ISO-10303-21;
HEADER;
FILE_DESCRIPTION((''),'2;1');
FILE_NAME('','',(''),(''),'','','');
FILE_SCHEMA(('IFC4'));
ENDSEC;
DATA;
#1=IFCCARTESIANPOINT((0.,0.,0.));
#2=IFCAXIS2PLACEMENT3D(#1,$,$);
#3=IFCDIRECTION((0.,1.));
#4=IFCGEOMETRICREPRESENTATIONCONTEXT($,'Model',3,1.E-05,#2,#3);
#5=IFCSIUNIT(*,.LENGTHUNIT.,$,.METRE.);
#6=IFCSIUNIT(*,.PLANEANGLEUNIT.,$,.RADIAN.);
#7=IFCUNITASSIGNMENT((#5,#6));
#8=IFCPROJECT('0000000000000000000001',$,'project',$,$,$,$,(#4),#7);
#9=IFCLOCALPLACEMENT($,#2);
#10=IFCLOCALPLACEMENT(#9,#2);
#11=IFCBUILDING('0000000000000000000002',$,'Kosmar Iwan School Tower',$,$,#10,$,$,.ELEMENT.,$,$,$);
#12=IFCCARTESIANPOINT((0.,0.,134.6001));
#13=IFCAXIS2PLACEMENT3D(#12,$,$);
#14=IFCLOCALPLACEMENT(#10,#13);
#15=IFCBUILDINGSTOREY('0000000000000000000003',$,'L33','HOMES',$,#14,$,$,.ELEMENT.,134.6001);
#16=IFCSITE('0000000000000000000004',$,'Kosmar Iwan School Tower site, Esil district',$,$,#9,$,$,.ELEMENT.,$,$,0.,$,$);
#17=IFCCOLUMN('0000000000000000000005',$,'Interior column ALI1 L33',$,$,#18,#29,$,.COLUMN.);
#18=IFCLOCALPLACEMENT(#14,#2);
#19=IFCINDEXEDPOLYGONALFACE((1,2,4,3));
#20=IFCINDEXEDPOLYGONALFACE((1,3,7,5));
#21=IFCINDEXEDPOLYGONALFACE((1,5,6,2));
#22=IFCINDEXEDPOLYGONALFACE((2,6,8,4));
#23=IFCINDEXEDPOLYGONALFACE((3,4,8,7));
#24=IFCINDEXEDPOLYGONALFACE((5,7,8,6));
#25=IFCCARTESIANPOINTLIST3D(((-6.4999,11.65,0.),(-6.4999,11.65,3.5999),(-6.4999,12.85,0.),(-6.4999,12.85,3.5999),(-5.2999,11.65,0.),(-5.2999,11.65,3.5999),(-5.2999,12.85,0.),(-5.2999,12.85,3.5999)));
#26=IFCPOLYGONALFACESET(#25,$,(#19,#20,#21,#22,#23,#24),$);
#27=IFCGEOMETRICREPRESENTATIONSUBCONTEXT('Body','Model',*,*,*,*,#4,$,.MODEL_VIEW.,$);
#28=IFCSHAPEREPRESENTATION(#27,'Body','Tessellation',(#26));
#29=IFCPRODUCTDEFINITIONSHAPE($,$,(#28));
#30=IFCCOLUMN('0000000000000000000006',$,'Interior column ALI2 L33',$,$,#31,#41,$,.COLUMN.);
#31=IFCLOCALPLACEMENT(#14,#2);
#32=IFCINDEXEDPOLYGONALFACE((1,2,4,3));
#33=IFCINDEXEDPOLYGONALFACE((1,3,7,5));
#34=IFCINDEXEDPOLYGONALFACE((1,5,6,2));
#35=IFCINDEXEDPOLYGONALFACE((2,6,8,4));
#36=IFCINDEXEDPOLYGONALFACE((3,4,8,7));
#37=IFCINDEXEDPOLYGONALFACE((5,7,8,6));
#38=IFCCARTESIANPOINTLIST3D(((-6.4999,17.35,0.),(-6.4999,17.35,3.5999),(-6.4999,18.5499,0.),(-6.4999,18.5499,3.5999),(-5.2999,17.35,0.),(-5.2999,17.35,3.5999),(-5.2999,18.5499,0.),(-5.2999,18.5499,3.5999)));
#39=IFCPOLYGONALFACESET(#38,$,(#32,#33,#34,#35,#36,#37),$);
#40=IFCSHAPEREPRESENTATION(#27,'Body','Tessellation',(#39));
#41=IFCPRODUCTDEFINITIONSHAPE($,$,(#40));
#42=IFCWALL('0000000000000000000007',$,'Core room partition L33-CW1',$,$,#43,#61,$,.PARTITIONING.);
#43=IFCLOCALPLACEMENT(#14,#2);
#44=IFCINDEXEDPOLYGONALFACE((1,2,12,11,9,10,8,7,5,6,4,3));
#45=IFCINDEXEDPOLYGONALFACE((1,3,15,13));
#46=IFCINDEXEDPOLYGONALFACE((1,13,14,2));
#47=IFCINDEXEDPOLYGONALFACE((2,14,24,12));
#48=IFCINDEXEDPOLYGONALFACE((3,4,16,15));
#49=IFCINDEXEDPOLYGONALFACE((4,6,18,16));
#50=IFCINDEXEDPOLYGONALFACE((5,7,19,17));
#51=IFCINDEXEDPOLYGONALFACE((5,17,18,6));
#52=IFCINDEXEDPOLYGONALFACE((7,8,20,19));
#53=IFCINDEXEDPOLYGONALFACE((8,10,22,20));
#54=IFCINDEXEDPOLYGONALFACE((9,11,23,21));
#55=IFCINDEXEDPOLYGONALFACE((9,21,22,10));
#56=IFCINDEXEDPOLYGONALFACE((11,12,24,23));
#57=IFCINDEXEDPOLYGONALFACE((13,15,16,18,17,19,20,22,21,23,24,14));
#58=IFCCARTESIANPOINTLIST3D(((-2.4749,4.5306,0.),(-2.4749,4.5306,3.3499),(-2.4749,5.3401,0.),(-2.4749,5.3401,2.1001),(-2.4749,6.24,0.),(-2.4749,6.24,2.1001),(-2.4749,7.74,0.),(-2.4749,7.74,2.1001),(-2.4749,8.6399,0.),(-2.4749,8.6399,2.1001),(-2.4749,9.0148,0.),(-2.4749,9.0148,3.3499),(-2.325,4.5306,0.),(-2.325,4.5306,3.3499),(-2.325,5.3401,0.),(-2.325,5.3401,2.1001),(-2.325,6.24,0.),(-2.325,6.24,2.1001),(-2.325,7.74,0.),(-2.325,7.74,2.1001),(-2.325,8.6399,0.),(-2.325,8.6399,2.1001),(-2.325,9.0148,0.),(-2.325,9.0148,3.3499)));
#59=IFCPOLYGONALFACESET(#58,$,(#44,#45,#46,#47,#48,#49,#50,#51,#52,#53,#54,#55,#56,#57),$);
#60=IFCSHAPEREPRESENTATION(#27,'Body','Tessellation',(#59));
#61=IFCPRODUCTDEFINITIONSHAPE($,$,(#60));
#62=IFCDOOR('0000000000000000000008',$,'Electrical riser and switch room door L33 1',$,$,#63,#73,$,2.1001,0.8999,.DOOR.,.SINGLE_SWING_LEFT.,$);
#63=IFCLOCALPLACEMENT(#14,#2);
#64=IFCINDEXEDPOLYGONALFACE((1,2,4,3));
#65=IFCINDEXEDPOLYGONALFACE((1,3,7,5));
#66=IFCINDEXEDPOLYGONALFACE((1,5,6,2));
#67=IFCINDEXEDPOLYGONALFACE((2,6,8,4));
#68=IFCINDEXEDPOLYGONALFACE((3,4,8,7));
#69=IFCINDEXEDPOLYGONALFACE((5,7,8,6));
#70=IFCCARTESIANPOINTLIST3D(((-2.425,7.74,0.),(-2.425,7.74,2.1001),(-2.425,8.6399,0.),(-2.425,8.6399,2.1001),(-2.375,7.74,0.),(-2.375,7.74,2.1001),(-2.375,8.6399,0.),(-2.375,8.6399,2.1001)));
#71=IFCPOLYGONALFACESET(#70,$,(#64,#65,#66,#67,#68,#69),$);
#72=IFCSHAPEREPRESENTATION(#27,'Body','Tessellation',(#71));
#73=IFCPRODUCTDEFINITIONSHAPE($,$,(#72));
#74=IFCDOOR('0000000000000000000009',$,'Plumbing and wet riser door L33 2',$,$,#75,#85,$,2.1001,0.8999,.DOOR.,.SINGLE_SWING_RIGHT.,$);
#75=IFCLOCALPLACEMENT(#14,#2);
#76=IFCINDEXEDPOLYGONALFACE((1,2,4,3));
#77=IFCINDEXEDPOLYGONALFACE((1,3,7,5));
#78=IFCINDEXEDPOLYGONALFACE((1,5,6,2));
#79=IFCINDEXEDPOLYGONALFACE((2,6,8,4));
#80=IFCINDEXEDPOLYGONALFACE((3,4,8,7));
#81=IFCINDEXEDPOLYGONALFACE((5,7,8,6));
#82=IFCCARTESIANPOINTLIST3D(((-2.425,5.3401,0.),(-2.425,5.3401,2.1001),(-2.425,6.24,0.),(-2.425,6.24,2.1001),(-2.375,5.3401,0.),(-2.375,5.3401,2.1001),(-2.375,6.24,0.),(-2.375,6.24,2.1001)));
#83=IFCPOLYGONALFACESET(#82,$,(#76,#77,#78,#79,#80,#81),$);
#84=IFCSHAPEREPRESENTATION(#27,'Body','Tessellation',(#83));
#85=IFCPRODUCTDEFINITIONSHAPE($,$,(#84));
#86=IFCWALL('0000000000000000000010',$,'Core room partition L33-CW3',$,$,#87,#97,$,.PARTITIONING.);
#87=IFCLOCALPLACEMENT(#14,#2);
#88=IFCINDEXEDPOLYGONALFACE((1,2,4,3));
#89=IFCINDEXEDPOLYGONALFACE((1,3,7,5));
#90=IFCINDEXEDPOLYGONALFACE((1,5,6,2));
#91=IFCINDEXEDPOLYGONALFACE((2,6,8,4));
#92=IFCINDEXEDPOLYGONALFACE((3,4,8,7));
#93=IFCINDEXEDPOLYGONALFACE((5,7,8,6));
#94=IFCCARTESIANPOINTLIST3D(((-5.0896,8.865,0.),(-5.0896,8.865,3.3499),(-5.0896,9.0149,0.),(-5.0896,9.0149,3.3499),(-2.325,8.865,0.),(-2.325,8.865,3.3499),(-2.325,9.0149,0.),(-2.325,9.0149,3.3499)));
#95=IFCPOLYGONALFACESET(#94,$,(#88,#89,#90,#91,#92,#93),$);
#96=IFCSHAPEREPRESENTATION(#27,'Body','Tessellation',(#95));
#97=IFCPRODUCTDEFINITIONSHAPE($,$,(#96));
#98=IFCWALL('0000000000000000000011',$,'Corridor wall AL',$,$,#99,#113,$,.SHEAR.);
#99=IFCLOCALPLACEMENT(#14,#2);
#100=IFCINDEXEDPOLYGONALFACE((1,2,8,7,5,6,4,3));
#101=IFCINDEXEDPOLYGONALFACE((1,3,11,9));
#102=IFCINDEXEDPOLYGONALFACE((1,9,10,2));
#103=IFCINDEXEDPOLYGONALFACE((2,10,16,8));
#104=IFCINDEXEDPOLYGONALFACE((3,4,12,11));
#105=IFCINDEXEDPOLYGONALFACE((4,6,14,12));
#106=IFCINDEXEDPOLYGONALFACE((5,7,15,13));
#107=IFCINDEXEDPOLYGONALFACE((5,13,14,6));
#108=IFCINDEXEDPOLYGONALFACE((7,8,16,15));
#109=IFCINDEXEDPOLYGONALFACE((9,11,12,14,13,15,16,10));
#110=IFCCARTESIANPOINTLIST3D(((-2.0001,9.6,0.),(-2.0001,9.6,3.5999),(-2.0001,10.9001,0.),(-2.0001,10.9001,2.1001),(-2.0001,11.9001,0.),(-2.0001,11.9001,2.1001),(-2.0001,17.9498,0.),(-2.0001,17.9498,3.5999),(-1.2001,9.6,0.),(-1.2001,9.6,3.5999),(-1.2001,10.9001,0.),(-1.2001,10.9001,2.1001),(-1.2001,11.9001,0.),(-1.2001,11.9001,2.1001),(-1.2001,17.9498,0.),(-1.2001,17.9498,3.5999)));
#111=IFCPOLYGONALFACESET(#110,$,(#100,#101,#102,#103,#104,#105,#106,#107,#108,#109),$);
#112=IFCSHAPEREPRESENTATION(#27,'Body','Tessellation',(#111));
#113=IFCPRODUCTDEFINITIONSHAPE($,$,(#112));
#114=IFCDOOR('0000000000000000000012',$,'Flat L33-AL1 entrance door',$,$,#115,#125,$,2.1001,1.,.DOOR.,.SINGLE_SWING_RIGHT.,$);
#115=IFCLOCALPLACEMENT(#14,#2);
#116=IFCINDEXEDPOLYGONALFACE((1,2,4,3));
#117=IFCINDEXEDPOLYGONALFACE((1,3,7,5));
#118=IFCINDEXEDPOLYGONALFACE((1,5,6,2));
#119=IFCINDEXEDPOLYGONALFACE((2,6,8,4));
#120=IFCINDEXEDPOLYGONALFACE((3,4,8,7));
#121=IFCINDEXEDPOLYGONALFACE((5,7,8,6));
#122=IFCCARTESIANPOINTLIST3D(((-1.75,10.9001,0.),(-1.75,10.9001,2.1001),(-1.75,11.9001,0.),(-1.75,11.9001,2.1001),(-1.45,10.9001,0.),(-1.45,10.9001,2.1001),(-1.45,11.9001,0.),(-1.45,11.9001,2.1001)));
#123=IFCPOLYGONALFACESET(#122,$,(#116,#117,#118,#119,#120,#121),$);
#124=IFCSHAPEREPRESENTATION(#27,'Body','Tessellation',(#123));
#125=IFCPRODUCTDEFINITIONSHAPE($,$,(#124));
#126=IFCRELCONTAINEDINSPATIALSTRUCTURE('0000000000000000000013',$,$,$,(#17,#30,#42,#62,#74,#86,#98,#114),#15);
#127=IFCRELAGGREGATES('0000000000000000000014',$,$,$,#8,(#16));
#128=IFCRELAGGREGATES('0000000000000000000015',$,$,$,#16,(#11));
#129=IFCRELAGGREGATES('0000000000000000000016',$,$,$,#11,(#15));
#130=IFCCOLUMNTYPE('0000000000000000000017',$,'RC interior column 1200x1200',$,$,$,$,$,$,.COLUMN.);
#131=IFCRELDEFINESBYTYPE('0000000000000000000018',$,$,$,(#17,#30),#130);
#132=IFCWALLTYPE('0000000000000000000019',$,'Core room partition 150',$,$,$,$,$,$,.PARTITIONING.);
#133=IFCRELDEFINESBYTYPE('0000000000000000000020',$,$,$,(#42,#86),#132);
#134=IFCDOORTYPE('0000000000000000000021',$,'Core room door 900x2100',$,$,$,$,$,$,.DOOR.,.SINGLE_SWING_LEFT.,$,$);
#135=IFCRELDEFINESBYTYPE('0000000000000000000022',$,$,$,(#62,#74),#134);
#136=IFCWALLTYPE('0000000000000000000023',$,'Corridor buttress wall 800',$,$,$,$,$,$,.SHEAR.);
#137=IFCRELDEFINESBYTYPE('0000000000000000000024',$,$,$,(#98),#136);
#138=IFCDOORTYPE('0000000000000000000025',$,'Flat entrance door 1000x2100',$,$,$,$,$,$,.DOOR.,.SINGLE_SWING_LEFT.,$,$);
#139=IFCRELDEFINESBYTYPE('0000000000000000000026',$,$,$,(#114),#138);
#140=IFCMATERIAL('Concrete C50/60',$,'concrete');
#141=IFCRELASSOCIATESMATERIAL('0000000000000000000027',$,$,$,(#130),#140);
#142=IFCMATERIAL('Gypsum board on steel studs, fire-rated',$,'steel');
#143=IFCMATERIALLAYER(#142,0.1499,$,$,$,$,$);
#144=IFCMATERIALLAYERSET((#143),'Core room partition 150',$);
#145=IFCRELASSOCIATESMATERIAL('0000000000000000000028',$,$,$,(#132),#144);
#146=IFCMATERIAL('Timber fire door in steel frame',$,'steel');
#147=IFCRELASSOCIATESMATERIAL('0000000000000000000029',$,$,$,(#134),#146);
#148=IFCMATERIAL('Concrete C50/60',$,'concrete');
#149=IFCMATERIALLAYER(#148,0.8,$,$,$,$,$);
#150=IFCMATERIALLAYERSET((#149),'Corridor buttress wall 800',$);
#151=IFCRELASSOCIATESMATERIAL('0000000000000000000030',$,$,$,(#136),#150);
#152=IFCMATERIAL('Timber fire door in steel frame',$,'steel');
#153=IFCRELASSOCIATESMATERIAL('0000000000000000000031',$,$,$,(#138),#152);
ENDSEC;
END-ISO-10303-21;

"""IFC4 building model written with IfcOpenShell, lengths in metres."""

from ifc_helpers import new_model, si_unit, direction, frame, frame_2d, origin, origin_2d, place, context, subcontext, project, spatial, rectangle, extrude, material, layer, layer_set, material_profile, profile_set, type_object, element, fill, save


model = new_model("IFC4")

# Units and contexts
model_context = context("Model", 3, precision=1e-05, world=origin(), true_north=direction((0.0, 1.0)))
body_context = subcontext(model_context, "Body", "Model", "MODEL_VIEW")
ifc_project = project(units=[si_unit("LENGTHUNIT", "METRE"), si_unit("PLANEANGLEUNIT", "RADIAN")], contexts=[model_context])

# Site, building, storey
site_placement = place(None, origin())
site = spatial("IfcSite", under=ifc_project, at=site_placement, Name="Kosmar Iwan School Tower site, Esil district", CompositionType="ELEMENT", RefElevation=0.0)
building_placement = place(site_placement, origin())
building = spatial("IfcBuilding", under=site, at=building_placement, Name="Kosmar Iwan School Tower", CompositionType="ELEMENT")
storey_placement = place(building_placement, frame((0.0, 0.0, 134.6001)))
storey = spatial("IfcBuildingStorey", under=building, at=storey_placement, Name="L33", Description="HOMES", CompositionType="ELEMENT", Elevation=134.6001)

# Columns
ifc_material_1 = material(Name="Concrete C50/60", Category="concrete")
ifc_material_profile = material_profile(ifc_material_1, rectangle(XDim=1.2, YDim=1.2, at=origin_2d()), Name="RC 1200x1200")
ifc_profile_set = profile_set([ifc_material_profile], Name="Concrete C50/60")
column_type = type_object("IfcColumnType", Name="RC interior column 1200x1200", PredefinedType="COLUMN", material=ifc_profile_set)
for number, where, z_axis, x_axis, name in (
    (1, (-5.8999, 12.25, 0.0), (0.0, 0.0, 1.0), (0.0, 1.0, 0.0), "Interior column ALI1 L33"),
    (2, (-5.8999, 17.95, 0.0), (0.0, 0.0, 1.0), (0.0, 1.0, 0.0), "Interior column ALI2 L33"),
):
    element("IfcColumn", number, at=place(storey_placement, frame(where, z_axis=z_axis, x_axis=x_axis)), inside=storey, type_object=column_type, Name=name, PredefinedType="COLUMN", context=body_context, shape_type="SweptSolid", body=[
        extrude(rectangle(XDim=1.2, YDim=1.2, at=origin_2d()), origin(), (0.0, 0.0, 1.0), 3.5999),
    ])

# Wall, openings, doors
ifc_material_2 = material(Name="Gypsum board on steel studs, fire-rated", Category="steel")
ifc_layer_1 = layer(ifc_material_2, 0.1499)
ifc_layer_set_1 = layer_set([ifc_layer_1], Name="Core room partition 150")
wall_type_1 = type_object("IfcWallType", Name="Core room partition 150", PredefinedType="PARTITIONING", material=ifc_layer_set_1)
wall_1_placement = place(storey_placement, frame((-2.3999, 9.0149, 0.0), z_axis=(0.0, 0.0, 1.0), x_axis=(0.0, -1.0, 0.0)))
wall_1 = element("IfcWall", 3, at=wall_1_placement, inside=storey, type_object=wall_type_1, Name="Core room partition L33-CW1", PredefinedType="PARTITIONING", context=body_context, shape_type="SweptSolid", body=[
    extrude(rectangle(XDim=4.4841, YDim=0.1499, at=frame_2d((2.2422, 0.0))), origin(), (0.0, 0.0, 1.0), 3.3499),
])
opening_1_placement = place(wall_1_placement, frame((0.375, 0.0, 0.0)))
opening_1 = element("IfcOpeningElement", 4, at=opening_1_placement, cuts=wall_1, PredefinedType="OPENING", context=body_context, shape_type="SweptSolid", body=[
    extrude(rectangle(XDim=0.8999, YDim=2.1001, at=frame_2d((0.45, 1.05))), frame((0.0, 0.0869, 0.0), z_axis=(0.0, -1.0, 0.0), x_axis=(1.0, 0.0, 0.0)), (0.0, 0.0, 1.0), 0.1738),
])
opening_2_placement = place(wall_1_placement, frame((2.7749, 0.0, 0.0)))
opening_2 = element("IfcOpeningElement", 5, at=opening_2_placement, cuts=wall_1, PredefinedType="OPENING", context=body_context, shape_type="SweptSolid", body=[
    extrude(rectangle(XDim=0.8999, YDim=2.1001, at=frame_2d((0.45, 1.05))), frame((0.0, 0.0869, 0.0), z_axis=(0.0, -1.0, 0.0), x_axis=(1.0, 0.0, 0.0)), (0.0, 0.0, 1.0), 0.1738),
])
ifc_material_3 = material(Name="Timber fire door in steel frame", Category="steel")
door_type_1 = type_object("IfcDoorType", Name="Core room door 900x2100", OperationType="SINGLE_SWING_LEFT", PredefinedType="DOOR", material=ifc_material_3)
door_1_placement = place(opening_1_placement, origin())
door_1 = element("IfcDoor", 6, at=door_1_placement, inside=storey, type_object=door_type_1, Name="Electrical riser and switch room door L33 1", OperationType="SINGLE_SWING_LEFT", OverallHeight=2.1001, OverallWidth=0.8999, PredefinedType="DOOR", context=body_context, shape_type="SweptSolid", body=[
    extrude(rectangle(XDim=0.8999, YDim=2.1001, at=frame_2d((0.45, 1.05))), frame((0.0, 0.0249, 0.0), z_axis=(0.0, -1.0, 0.0), x_axis=(1.0, 0.0, 0.0)), (0.0, 0.0, 1.0), 0.05),
])
fill(opening_1, door_1)
door_2_placement = place(opening_2_placement, origin())
door_2 = element("IfcDoor", 7, at=door_2_placement, inside=storey, type_object=door_type_1, Name="Plumbing and wet riser door L33 2", OperationType="SINGLE_SWING_RIGHT", OverallHeight=2.1001, OverallWidth=0.8999, PredefinedType="DOOR", context=body_context, shape_type="SweptSolid", body=[
    extrude(rectangle(XDim=0.8999, YDim=2.1001, at=frame_2d((0.45, 1.05))), frame((0.0, 0.0249, 0.0), z_axis=(0.0, -1.0, 0.0), x_axis=(1.0, 0.0, 0.0)), (0.0, 0.0, 1.0), 0.05),
])
fill(opening_2, door_2)

# Wall
wall_2_placement = place(storey_placement, frame((-5.0896, 8.9399, 0.0), z_axis=(0.0, 0.0, 1.0), x_axis=(1.0, 0.0, 0.0)))
element("IfcWall", 8, at=wall_2_placement, inside=storey, type_object=wall_type_1, Name="Core room partition L33-CW3", PredefinedType="PARTITIONING", context=body_context, shape_type="SweptSolid", body=[
    extrude(rectangle(XDim=2.7646, YDim=0.1499, at=frame_2d((1.3823, 0.0))), origin(), (0.0, 0.0, 1.0), 3.3499),
])

# Wall, opening, door
ifc_material_4 = material(Name="Concrete C50/60", Category="concrete")
ifc_layer_2 = layer(ifc_material_4, 0.8)
ifc_layer_set_2 = layer_set([ifc_layer_2], Name="Corridor buttress wall 800")
wall_type_2 = type_object("IfcWallType", Name="Corridor buttress wall 800", PredefinedType="SHEAR", material=ifc_layer_set_2)
wall_3_placement = place(storey_placement, frame((-1.6001, 9.6001, 0.0), z_axis=(0.0, 0.0, 1.0), x_axis=(0.0, 1.0, 0.0)))
wall_3 = element("IfcWall", 9, at=wall_3_placement, inside=storey, type_object=wall_type_2, Name="Corridor wall AL", PredefinedType="SHEAR", context=body_context, shape_type="SweptSolid", body=[
    extrude(rectangle(XDim=8.3499, YDim=0.8, at=frame_2d((4.1748, 0.0))), origin(), (0.0, 0.0, 1.0), 3.5999),
])
opening_3_placement = place(wall_3_placement, frame((1.3, 0.0, 0.0)))
opening_3 = element("IfcOpeningElement", 10, at=opening_3_placement, cuts=wall_3, PredefinedType="OPENING", context=body_context, shape_type="SweptSolid", body=[
    extrude(rectangle(XDim=1.0, YDim=2.1001, at=frame_2d((0.5, 1.05))), frame((0.0, 0.4121, 0.0), z_axis=(0.0, -1.0, 0.0), x_axis=(1.0, 0.0, 0.0)), (0.0, 0.0, 1.0), 0.824),
])
ifc_material_5 = material(Name="Timber fire door in steel frame", Category="steel")
door_type_2 = type_object("IfcDoorType", Name="Flat entrance door 1000x2100", OperationType="SINGLE_SWING_LEFT", PredefinedType="DOOR", material=ifc_material_5)
door_3_placement = place(opening_3_placement, origin())
door_3 = element("IfcDoor", 11, at=door_3_placement, inside=storey, type_object=door_type_2, Name="Flat L33-AL1 entrance door", OperationType="SINGLE_SWING_RIGHT", OverallHeight=2.1001, OverallWidth=1.0, PredefinedType="DOOR", context=body_context, shape_type="SweptSolid", body=[
    extrude(rectangle(XDim=1.0, YDim=2.1001, at=frame_2d((0.5, 1.05))), frame((0.0, 0.1499, 0.0), z_axis=(0.0, -1.0, 0.0), x_axis=(1.0, 0.0, 0.0)), (0.0, 0.0, 1.0), 0.3),
])
fill(opening_3, door_3)

save(model, "model.ifc")
